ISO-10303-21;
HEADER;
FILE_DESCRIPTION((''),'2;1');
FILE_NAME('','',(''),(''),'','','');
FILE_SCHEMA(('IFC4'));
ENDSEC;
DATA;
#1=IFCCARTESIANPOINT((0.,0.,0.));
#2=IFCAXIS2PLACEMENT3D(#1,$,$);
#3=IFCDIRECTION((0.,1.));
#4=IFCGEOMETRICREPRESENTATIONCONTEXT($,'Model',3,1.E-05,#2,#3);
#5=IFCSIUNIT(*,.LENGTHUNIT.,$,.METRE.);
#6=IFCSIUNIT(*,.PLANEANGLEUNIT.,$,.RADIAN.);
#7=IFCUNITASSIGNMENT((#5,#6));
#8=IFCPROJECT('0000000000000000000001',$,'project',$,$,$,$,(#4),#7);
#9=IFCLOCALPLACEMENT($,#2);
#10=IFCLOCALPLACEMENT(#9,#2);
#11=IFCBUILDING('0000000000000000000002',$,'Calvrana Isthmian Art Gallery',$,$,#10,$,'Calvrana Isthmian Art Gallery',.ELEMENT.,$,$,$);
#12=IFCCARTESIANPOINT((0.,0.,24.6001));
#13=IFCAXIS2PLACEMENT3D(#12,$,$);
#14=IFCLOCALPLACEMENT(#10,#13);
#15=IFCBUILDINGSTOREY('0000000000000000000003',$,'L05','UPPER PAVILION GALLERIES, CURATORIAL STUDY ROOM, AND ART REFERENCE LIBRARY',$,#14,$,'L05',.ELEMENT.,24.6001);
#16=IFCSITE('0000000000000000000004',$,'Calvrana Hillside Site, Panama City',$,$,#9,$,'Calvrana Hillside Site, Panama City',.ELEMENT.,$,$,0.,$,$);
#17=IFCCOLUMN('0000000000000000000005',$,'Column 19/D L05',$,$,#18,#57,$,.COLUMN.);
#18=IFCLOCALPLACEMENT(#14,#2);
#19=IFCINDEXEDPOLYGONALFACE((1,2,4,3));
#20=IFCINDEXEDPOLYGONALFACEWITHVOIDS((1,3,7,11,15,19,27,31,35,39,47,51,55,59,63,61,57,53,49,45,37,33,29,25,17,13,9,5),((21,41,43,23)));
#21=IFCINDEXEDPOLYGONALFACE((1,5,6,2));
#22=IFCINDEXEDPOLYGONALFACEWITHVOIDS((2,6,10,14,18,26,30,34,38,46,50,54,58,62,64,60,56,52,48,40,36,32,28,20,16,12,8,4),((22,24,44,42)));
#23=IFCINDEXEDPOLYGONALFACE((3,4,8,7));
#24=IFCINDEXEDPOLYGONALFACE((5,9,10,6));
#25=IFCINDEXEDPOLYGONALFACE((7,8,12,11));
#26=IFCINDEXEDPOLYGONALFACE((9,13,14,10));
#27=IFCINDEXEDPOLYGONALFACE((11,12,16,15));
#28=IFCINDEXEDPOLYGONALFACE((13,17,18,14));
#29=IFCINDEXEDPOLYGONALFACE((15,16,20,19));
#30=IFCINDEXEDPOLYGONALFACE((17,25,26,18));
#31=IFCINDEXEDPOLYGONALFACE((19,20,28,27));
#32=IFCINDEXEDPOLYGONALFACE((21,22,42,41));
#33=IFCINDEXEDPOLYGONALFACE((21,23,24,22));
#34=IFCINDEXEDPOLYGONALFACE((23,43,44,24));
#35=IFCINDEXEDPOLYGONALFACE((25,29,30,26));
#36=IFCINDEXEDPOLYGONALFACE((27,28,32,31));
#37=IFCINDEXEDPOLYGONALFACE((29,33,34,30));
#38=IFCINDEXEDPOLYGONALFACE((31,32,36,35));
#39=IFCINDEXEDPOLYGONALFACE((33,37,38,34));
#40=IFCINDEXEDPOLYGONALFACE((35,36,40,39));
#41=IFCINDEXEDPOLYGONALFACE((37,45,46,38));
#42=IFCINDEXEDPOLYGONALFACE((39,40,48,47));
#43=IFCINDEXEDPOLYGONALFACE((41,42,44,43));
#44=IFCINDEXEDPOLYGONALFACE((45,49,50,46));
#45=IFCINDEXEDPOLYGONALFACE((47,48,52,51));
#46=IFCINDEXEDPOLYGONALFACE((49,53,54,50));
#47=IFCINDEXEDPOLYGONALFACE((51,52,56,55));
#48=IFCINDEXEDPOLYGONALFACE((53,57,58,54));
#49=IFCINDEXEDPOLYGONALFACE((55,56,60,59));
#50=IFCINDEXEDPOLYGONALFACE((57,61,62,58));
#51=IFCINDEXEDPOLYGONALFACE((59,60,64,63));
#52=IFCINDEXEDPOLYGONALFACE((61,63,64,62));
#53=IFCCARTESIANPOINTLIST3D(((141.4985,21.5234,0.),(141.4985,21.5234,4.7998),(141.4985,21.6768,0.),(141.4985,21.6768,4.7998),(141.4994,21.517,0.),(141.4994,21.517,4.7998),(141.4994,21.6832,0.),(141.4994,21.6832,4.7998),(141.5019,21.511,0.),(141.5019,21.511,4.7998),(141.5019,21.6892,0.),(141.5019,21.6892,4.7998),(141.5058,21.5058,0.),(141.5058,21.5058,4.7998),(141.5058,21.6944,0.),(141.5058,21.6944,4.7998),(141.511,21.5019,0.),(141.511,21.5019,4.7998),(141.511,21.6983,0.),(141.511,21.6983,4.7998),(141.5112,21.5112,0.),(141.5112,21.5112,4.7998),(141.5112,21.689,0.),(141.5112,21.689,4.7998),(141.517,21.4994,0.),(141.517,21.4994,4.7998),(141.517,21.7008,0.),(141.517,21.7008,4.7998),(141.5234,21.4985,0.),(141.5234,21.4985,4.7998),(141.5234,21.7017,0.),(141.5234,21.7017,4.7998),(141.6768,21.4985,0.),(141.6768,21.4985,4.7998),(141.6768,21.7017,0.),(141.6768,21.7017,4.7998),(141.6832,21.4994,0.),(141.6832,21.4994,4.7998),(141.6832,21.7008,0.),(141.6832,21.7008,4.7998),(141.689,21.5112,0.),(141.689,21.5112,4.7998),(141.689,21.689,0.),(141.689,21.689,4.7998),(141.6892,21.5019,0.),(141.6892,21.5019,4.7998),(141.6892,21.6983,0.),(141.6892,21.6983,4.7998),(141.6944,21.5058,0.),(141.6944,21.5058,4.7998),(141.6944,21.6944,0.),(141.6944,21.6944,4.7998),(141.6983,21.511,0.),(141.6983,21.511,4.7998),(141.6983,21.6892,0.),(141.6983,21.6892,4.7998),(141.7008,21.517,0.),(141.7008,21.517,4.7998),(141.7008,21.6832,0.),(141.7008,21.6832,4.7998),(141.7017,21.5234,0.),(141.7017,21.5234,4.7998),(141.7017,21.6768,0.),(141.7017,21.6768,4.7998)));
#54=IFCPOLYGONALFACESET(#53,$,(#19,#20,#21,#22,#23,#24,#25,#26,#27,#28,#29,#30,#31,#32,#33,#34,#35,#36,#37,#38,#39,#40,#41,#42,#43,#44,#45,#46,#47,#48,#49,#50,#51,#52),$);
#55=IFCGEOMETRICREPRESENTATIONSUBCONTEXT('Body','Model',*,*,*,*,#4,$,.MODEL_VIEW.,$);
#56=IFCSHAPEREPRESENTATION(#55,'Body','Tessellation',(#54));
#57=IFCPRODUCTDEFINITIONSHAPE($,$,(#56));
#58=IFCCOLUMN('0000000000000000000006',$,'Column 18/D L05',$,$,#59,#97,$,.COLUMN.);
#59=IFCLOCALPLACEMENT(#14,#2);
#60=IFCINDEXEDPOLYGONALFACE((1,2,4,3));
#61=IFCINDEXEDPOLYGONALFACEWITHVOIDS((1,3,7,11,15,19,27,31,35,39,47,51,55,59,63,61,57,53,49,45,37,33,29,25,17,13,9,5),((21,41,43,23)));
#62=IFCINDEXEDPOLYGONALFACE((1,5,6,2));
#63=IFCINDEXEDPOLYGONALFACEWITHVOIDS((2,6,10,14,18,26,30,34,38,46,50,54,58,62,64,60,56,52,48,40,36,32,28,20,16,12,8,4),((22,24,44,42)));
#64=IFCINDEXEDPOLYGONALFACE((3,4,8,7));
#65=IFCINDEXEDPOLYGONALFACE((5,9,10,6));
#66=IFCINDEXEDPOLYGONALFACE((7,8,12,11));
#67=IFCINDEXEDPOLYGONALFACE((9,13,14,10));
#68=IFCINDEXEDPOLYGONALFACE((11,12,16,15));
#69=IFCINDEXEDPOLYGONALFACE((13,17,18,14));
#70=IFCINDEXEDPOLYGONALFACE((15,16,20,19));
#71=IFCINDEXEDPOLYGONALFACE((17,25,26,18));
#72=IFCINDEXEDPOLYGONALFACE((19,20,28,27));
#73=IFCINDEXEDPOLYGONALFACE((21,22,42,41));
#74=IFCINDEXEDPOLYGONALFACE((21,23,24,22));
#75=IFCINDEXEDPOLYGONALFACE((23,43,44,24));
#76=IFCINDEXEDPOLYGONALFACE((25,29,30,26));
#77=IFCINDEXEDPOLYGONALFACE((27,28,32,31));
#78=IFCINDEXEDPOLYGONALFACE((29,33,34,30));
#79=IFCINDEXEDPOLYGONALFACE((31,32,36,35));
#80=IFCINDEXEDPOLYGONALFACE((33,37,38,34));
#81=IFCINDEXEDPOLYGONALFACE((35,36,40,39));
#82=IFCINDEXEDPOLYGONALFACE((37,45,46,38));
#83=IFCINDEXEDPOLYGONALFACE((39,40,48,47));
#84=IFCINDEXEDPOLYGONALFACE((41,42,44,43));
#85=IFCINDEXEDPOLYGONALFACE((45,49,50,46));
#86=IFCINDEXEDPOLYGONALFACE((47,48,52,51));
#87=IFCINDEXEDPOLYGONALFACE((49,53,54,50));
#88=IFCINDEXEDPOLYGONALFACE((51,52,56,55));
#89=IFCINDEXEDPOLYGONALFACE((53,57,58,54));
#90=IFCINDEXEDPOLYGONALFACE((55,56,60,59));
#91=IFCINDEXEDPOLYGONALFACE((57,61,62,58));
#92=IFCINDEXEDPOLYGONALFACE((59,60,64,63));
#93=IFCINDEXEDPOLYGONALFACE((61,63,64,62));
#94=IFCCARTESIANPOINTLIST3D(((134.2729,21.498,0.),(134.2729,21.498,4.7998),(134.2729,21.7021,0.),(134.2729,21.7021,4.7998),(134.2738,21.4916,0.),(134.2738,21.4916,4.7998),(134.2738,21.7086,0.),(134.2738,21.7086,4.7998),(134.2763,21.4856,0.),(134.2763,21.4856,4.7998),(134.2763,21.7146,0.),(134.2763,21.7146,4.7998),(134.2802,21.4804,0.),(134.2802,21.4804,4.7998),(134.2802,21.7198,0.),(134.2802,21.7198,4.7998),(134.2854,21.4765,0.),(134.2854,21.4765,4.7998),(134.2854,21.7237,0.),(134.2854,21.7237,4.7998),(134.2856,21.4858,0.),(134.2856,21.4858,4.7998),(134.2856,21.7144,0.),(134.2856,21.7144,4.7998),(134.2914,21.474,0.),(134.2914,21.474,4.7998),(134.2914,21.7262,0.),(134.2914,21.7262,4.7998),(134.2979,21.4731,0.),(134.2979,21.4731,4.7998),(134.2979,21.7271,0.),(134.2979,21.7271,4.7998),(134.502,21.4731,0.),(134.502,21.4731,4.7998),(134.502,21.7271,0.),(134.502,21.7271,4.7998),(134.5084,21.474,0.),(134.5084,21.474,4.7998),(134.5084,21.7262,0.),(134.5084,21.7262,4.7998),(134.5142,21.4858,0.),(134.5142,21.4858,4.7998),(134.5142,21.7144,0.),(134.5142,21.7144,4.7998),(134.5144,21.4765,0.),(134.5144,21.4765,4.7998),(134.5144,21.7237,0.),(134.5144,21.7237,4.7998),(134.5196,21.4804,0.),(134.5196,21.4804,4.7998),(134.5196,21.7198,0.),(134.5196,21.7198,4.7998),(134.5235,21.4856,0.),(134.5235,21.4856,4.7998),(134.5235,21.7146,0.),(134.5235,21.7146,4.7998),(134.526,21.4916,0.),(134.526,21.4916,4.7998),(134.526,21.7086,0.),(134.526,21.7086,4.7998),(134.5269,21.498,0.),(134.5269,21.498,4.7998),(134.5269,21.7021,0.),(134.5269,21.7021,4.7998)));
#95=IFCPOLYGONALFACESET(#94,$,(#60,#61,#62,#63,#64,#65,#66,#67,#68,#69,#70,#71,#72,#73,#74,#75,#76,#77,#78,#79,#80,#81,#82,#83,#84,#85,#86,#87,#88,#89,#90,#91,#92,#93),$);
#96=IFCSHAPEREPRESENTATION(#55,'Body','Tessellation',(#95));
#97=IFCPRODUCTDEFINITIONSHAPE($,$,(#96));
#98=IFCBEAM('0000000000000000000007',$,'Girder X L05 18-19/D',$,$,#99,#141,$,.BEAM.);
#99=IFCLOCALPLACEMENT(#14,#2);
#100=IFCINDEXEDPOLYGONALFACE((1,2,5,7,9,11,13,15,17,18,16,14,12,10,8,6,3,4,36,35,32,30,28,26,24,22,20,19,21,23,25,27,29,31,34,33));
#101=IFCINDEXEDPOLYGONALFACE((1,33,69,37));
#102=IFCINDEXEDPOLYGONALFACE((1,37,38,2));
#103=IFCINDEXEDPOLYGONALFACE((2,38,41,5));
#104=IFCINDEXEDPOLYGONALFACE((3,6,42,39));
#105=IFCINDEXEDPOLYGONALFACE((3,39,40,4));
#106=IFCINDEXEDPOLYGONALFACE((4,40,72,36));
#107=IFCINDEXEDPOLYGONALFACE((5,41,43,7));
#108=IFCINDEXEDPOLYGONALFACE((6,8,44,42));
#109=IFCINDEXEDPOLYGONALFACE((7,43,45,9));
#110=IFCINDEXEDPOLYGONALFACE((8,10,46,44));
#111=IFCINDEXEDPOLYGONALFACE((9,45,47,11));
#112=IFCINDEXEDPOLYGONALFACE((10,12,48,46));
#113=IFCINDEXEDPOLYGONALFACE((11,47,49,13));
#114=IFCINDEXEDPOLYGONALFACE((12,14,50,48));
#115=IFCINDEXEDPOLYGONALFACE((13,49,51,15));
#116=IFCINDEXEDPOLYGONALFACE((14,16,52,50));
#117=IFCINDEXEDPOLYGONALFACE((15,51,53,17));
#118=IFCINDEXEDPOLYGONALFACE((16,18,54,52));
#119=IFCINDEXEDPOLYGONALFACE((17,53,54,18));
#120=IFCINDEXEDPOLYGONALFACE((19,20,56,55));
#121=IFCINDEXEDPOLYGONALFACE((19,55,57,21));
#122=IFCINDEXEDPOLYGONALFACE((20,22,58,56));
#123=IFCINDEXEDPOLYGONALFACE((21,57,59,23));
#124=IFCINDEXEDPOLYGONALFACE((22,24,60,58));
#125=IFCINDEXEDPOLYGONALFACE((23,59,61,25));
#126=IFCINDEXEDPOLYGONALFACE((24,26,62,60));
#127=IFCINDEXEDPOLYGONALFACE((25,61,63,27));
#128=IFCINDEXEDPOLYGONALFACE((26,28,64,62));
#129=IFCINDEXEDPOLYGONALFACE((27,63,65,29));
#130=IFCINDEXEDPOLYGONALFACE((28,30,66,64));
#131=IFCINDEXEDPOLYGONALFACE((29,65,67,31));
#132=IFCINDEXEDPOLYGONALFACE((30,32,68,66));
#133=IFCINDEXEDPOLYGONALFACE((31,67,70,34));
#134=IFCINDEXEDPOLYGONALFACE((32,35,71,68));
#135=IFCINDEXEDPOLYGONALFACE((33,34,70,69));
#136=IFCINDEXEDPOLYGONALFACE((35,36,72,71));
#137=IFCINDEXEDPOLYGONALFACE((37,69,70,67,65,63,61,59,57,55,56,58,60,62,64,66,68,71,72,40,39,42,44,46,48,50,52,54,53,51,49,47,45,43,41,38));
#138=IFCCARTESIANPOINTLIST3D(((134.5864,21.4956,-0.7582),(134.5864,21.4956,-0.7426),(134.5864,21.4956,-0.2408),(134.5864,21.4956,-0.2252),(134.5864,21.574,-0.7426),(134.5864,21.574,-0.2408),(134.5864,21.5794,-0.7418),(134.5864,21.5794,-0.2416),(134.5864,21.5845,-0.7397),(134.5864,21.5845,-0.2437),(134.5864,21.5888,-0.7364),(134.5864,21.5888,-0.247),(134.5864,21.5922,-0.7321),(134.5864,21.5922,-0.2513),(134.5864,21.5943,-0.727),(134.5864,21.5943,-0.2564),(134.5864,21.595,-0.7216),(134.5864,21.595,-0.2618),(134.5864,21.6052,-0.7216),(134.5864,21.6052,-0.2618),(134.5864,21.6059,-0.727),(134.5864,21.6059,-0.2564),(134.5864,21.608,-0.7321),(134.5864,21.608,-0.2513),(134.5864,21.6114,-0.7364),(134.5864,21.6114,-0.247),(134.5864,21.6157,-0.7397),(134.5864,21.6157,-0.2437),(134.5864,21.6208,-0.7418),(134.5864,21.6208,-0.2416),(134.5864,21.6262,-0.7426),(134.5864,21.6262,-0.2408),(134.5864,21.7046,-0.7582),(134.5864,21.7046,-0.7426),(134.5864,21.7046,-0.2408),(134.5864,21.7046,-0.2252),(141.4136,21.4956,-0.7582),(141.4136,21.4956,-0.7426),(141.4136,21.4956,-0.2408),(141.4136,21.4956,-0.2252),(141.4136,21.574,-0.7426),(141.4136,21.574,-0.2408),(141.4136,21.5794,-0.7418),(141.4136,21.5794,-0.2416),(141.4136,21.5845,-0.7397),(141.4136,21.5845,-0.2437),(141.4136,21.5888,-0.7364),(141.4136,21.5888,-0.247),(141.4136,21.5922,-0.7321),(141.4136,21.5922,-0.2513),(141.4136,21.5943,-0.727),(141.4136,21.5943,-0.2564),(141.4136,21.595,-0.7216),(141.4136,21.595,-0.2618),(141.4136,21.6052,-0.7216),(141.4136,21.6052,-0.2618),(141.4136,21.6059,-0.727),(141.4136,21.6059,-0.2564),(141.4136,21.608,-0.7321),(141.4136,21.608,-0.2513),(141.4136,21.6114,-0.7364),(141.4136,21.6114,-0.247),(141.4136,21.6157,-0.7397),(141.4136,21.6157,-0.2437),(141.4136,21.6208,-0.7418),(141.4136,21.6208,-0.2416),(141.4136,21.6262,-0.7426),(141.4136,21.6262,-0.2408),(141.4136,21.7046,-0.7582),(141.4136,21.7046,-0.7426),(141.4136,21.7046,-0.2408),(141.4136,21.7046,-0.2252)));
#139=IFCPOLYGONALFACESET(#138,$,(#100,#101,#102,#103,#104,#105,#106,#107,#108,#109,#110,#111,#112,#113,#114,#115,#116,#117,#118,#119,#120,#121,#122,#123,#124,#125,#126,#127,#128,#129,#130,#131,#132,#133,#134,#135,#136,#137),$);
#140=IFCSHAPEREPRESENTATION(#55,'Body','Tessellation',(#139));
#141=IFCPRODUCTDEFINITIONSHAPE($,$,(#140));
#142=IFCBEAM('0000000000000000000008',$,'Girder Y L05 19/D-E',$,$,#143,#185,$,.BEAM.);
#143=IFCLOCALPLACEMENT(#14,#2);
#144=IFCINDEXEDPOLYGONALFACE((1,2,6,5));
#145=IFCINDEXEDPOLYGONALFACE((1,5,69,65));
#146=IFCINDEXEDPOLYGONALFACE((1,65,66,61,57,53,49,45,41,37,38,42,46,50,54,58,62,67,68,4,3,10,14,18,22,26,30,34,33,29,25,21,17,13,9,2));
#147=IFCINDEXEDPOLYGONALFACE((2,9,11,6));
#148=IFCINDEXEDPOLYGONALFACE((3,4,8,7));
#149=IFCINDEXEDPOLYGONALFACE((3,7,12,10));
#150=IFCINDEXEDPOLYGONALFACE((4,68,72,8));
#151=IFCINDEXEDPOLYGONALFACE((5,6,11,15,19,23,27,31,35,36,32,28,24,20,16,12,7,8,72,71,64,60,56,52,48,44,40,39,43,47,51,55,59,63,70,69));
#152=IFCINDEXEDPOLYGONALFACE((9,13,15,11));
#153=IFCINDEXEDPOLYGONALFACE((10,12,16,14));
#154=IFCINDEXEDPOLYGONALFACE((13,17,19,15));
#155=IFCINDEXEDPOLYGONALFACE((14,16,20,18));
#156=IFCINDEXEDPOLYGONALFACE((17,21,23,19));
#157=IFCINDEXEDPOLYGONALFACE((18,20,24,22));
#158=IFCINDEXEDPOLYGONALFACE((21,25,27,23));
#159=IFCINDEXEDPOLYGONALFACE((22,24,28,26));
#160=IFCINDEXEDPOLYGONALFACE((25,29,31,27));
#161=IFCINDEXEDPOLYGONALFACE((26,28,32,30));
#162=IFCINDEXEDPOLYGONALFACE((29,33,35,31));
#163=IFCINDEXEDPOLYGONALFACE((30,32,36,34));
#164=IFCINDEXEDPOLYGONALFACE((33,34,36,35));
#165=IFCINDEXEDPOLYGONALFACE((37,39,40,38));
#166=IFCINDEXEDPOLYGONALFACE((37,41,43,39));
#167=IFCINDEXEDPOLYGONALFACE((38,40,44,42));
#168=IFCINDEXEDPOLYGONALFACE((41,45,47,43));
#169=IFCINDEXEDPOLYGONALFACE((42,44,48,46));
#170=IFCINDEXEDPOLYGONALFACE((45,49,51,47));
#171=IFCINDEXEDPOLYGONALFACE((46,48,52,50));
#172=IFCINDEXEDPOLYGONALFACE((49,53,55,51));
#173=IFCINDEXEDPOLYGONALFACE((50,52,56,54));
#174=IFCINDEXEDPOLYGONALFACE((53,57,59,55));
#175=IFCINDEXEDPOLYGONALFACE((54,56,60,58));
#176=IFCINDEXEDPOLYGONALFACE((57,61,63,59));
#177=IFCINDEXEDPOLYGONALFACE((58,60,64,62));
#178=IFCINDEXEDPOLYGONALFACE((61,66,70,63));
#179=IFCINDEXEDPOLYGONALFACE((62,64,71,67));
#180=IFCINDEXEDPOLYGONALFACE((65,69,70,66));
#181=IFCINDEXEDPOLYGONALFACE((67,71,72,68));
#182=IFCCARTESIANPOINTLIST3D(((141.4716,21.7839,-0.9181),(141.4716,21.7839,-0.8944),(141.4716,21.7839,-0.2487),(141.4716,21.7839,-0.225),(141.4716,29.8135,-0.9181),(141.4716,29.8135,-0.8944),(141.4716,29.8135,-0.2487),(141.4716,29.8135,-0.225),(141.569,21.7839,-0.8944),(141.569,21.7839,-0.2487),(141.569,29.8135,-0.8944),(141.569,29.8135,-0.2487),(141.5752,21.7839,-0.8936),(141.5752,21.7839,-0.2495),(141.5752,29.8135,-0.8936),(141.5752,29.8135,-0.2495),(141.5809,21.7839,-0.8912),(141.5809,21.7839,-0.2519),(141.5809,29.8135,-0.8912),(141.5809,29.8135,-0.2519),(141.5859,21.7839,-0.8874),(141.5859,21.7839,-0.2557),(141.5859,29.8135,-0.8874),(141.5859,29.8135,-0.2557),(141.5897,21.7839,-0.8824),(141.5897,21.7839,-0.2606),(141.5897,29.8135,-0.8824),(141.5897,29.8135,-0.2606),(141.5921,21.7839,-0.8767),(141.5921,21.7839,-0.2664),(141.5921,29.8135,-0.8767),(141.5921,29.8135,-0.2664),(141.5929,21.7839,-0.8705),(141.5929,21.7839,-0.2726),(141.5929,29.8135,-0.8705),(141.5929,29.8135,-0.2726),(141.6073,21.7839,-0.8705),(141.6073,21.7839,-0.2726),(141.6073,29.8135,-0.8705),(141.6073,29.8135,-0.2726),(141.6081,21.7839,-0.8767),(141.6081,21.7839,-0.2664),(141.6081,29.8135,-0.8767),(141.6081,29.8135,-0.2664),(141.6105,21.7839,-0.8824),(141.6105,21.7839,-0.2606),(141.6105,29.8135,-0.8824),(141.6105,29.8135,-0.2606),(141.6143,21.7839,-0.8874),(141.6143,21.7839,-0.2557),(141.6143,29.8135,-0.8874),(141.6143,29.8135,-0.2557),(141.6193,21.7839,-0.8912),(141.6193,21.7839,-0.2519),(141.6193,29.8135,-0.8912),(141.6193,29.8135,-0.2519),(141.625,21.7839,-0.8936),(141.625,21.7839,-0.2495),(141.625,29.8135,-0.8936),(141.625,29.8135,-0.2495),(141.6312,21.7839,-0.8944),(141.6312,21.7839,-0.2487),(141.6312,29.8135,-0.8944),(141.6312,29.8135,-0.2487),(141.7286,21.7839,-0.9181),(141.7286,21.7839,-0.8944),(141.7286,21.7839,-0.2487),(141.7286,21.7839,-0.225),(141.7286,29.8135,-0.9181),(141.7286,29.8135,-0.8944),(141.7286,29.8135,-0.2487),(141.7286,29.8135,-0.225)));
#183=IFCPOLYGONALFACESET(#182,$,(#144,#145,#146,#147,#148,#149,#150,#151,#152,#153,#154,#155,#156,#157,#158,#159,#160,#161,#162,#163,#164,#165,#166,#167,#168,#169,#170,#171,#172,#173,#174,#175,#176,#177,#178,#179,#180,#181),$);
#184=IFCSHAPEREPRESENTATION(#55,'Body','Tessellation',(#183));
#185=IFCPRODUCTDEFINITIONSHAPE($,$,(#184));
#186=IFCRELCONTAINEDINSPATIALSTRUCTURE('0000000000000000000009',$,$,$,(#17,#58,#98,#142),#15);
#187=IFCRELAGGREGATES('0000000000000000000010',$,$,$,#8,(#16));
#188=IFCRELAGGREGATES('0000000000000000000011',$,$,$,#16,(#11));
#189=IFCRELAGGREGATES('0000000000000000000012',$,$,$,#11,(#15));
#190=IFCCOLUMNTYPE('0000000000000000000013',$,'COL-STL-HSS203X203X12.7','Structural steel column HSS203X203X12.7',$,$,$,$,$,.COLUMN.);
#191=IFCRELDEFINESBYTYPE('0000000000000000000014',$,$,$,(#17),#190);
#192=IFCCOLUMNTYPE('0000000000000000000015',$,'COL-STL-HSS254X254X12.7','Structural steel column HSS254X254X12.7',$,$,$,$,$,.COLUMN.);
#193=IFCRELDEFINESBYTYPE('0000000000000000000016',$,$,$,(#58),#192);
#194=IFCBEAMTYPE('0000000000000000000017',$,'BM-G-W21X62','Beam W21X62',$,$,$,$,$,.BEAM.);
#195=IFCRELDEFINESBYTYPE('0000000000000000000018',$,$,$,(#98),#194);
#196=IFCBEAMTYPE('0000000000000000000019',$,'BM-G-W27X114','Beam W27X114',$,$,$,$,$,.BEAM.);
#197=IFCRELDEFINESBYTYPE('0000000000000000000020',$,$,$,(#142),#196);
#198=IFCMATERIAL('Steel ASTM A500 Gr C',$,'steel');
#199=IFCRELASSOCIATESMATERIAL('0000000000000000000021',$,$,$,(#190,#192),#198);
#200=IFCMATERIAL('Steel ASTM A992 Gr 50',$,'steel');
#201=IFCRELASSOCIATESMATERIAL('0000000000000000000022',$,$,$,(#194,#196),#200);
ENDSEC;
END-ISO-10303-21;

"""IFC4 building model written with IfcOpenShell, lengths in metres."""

from ifc_helpers import new_model, si_unit, direction, frame, origin, origin_2d, place, context, subcontext, project, spatial, hollow_rectangle, i_section, extrude, material, material_profile, profile_set, type_object, element, save


model = new_model("IFC4")

# Units and contexts
model_context = context("Model", 3, precision=1e-05, world=origin(), true_north=direction((0.0, 1.0)))
body_context = subcontext(model_context, "Body", "Model", "MODEL_VIEW")
ifc_project = project(units=[si_unit("LENGTHUNIT", "METRE"), si_unit("PLANEANGLEUNIT", "RADIAN")], contexts=[model_context])

# Site, building, storey
site_placement = place(None, origin())
site = spatial("IfcSite", under=ifc_project, at=site_placement, Name="Calvrana Hillside Site, Panama City", LongName="Calvrana Hillside Site, Panama City", CompositionType="ELEMENT", RefElevation=0.0)
building_placement = place(site_placement, origin())
building = spatial("IfcBuilding", under=site, at=building_placement, Name="Calvrana Isthmian Art Gallery", LongName="Calvrana Isthmian Art Gallery", CompositionType="ELEMENT")
storey_placement = place(building_placement, frame((0.0, 0.0, 24.6001)))
storey = spatial("IfcBuildingStorey", under=building, at=storey_placement, Name="L05", Description="UPPER PAVILION GALLERIES, CURATORIAL STUDY ROOM, AND ART REFERENCE LIBRARY", LongName="L05", CompositionType="ELEMENT", Elevation=24.6001)

# Columns
ifc_material_1 = material(Name="Steel ASTM A500 Gr C", Category="steel")
ifc_material_profile_1 = material_profile(ifc_material_1, hollow_rectangle(XDim=0.2031, YDim=0.2031, WallThickness=0.0127, OuterFilletRadius=0.0249, at=origin_2d()), Name="HSS203X203X12.7")
ifc_profile_set_1 = profile_set([ifc_material_profile_1], Name="Steel ASTM A500 Gr C")
column_type_1 = type_object("IfcColumnType", Name="COL-STL-HSS203X203X12.7", Description="Structural steel column HSS203X203X12.7", PredefinedType="COLUMN", material=ifc_profile_set_1)
column_1_placement = place(storey_placement, frame((141.6001, 21.6001, 0.0), z_axis=(0.0, 0.0, 1.0), x_axis=(1.0, 0.0, 0.0)))
element("IfcColumn", 1, at=column_1_placement, inside=storey, type_object=column_type_1, Name="Column 19/D L05", PredefinedType="COLUMN", context=body_context, shape_type="SweptSolid", body=[
    extrude(hollow_rectangle(XDim=0.2031, YDim=0.2031, WallThickness=0.0127, OuterFilletRadius=0.0249, at=origin_2d()), origin(), (0.0, 0.0, 1.0), 4.7998),
])
ifc_material_profile_2 = material_profile(ifc_material_1, hollow_rectangle(XDim=0.2539, YDim=0.2539, WallThickness=0.0127, OuterFilletRadius=0.0249, at=origin_2d()), Name="HSS254X254X12.7")
ifc_profile_set_2 = profile_set([ifc_material_profile_2], Name="Steel ASTM A500 Gr C")
column_type_2 = type_object("IfcColumnType", Name="COL-STL-HSS254X254X12.7", Description="Structural steel column HSS254X254X12.7", PredefinedType="COLUMN", material=ifc_profile_set_2)
column_2_placement = place(storey_placement, frame((134.3999, 21.6001, 0.0), z_axis=(0.0, 0.0, 1.0), x_axis=(1.0, 0.0, 0.0)))
element("IfcColumn", 2, at=column_2_placement, inside=storey, type_object=column_type_2, Name="Column 18/D L05", PredefinedType="COLUMN", context=body_context, shape_type="SweptSolid", body=[
    extrude(hollow_rectangle(XDim=0.2539, YDim=0.2539, WallThickness=0.0127, OuterFilletRadius=0.0249, at=origin_2d()), origin(), (0.0, 0.0, 1.0), 4.7998),
])

# Beams
ifc_material_2 = material(Name="Steel ASTM A992 Gr 50", Category="steel")
ifc_material_profile_3 = material_profile(ifc_material_2, i_section(OverallWidth=0.209, OverallDepth=0.533, WebThickness=0.0103, FlangeThickness=0.0156, FilletRadius=0.021, at=origin_2d()), Name="W21X62")
ifc_profile_set_3 = profile_set([ifc_material_profile_3], Name="Steel ASTM A992 Gr 50")
beam_type_1 = type_object("IfcBeamType", Name="BM-G-W21X62", Description="Beam W21X62", PredefinedType="BEAM", material=ifc_profile_set_3)
beam_1_placement = place(storey_placement, frame((134.5864, 21.6001, -0.4917), z_axis=(1.0, 0.0, 0.0), x_axis=(0.0, 1.0, 0.0)))
element("IfcBeam", 3, at=beam_1_placement, inside=storey, type_object=beam_type_1, Name="Girder X L05 18-19/D", PredefinedType="BEAM", context=body_context, shape_type="SweptSolid", body=[
    extrude(i_section(OverallWidth=0.209, OverallDepth=0.533, WebThickness=0.0103, FlangeThickness=0.0156, FilletRadius=0.021, at=origin_2d()), origin(), (0.0, 0.0, 1.0), 6.8271),
])
ifc_material_profile_4 = material_profile(ifc_material_2, i_section(OverallWidth=0.2571, OverallDepth=0.6931, WebThickness=0.0144, FlangeThickness=0.0237, FilletRadius=0.0239, at=origin_2d()), Name="W27X114")
ifc_profile_set_4 = profile_set([ifc_material_profile_4], Name="Steel ASTM A992 Gr 50")
beam_type_2 = type_object("IfcBeamType", Name="BM-G-W27X114", Description="Beam W27X114", PredefinedType="BEAM", material=ifc_profile_set_4)
beam_2_placement = place(storey_placement, frame((141.6001, 21.7839, -0.5715), z_axis=(0.0, 1.0, 0.0), x_axis=(-1.0, 0.0, 0.0)))
element("IfcBeam", 4, at=beam_2_placement, inside=storey, type_object=beam_type_2, Name="Girder Y L05 19/D-E", PredefinedType="BEAM", context=body_context, shape_type="SweptSolid", body=[
    extrude(i_section(OverallWidth=0.2571, OverallDepth=0.6931, WebThickness=0.0144, FlangeThickness=0.0237, FilletRadius=0.0239, at=origin_2d()), origin(), (0.0, 0.0, 1.0), 8.0295),
])

save(model, "model.ifc")
